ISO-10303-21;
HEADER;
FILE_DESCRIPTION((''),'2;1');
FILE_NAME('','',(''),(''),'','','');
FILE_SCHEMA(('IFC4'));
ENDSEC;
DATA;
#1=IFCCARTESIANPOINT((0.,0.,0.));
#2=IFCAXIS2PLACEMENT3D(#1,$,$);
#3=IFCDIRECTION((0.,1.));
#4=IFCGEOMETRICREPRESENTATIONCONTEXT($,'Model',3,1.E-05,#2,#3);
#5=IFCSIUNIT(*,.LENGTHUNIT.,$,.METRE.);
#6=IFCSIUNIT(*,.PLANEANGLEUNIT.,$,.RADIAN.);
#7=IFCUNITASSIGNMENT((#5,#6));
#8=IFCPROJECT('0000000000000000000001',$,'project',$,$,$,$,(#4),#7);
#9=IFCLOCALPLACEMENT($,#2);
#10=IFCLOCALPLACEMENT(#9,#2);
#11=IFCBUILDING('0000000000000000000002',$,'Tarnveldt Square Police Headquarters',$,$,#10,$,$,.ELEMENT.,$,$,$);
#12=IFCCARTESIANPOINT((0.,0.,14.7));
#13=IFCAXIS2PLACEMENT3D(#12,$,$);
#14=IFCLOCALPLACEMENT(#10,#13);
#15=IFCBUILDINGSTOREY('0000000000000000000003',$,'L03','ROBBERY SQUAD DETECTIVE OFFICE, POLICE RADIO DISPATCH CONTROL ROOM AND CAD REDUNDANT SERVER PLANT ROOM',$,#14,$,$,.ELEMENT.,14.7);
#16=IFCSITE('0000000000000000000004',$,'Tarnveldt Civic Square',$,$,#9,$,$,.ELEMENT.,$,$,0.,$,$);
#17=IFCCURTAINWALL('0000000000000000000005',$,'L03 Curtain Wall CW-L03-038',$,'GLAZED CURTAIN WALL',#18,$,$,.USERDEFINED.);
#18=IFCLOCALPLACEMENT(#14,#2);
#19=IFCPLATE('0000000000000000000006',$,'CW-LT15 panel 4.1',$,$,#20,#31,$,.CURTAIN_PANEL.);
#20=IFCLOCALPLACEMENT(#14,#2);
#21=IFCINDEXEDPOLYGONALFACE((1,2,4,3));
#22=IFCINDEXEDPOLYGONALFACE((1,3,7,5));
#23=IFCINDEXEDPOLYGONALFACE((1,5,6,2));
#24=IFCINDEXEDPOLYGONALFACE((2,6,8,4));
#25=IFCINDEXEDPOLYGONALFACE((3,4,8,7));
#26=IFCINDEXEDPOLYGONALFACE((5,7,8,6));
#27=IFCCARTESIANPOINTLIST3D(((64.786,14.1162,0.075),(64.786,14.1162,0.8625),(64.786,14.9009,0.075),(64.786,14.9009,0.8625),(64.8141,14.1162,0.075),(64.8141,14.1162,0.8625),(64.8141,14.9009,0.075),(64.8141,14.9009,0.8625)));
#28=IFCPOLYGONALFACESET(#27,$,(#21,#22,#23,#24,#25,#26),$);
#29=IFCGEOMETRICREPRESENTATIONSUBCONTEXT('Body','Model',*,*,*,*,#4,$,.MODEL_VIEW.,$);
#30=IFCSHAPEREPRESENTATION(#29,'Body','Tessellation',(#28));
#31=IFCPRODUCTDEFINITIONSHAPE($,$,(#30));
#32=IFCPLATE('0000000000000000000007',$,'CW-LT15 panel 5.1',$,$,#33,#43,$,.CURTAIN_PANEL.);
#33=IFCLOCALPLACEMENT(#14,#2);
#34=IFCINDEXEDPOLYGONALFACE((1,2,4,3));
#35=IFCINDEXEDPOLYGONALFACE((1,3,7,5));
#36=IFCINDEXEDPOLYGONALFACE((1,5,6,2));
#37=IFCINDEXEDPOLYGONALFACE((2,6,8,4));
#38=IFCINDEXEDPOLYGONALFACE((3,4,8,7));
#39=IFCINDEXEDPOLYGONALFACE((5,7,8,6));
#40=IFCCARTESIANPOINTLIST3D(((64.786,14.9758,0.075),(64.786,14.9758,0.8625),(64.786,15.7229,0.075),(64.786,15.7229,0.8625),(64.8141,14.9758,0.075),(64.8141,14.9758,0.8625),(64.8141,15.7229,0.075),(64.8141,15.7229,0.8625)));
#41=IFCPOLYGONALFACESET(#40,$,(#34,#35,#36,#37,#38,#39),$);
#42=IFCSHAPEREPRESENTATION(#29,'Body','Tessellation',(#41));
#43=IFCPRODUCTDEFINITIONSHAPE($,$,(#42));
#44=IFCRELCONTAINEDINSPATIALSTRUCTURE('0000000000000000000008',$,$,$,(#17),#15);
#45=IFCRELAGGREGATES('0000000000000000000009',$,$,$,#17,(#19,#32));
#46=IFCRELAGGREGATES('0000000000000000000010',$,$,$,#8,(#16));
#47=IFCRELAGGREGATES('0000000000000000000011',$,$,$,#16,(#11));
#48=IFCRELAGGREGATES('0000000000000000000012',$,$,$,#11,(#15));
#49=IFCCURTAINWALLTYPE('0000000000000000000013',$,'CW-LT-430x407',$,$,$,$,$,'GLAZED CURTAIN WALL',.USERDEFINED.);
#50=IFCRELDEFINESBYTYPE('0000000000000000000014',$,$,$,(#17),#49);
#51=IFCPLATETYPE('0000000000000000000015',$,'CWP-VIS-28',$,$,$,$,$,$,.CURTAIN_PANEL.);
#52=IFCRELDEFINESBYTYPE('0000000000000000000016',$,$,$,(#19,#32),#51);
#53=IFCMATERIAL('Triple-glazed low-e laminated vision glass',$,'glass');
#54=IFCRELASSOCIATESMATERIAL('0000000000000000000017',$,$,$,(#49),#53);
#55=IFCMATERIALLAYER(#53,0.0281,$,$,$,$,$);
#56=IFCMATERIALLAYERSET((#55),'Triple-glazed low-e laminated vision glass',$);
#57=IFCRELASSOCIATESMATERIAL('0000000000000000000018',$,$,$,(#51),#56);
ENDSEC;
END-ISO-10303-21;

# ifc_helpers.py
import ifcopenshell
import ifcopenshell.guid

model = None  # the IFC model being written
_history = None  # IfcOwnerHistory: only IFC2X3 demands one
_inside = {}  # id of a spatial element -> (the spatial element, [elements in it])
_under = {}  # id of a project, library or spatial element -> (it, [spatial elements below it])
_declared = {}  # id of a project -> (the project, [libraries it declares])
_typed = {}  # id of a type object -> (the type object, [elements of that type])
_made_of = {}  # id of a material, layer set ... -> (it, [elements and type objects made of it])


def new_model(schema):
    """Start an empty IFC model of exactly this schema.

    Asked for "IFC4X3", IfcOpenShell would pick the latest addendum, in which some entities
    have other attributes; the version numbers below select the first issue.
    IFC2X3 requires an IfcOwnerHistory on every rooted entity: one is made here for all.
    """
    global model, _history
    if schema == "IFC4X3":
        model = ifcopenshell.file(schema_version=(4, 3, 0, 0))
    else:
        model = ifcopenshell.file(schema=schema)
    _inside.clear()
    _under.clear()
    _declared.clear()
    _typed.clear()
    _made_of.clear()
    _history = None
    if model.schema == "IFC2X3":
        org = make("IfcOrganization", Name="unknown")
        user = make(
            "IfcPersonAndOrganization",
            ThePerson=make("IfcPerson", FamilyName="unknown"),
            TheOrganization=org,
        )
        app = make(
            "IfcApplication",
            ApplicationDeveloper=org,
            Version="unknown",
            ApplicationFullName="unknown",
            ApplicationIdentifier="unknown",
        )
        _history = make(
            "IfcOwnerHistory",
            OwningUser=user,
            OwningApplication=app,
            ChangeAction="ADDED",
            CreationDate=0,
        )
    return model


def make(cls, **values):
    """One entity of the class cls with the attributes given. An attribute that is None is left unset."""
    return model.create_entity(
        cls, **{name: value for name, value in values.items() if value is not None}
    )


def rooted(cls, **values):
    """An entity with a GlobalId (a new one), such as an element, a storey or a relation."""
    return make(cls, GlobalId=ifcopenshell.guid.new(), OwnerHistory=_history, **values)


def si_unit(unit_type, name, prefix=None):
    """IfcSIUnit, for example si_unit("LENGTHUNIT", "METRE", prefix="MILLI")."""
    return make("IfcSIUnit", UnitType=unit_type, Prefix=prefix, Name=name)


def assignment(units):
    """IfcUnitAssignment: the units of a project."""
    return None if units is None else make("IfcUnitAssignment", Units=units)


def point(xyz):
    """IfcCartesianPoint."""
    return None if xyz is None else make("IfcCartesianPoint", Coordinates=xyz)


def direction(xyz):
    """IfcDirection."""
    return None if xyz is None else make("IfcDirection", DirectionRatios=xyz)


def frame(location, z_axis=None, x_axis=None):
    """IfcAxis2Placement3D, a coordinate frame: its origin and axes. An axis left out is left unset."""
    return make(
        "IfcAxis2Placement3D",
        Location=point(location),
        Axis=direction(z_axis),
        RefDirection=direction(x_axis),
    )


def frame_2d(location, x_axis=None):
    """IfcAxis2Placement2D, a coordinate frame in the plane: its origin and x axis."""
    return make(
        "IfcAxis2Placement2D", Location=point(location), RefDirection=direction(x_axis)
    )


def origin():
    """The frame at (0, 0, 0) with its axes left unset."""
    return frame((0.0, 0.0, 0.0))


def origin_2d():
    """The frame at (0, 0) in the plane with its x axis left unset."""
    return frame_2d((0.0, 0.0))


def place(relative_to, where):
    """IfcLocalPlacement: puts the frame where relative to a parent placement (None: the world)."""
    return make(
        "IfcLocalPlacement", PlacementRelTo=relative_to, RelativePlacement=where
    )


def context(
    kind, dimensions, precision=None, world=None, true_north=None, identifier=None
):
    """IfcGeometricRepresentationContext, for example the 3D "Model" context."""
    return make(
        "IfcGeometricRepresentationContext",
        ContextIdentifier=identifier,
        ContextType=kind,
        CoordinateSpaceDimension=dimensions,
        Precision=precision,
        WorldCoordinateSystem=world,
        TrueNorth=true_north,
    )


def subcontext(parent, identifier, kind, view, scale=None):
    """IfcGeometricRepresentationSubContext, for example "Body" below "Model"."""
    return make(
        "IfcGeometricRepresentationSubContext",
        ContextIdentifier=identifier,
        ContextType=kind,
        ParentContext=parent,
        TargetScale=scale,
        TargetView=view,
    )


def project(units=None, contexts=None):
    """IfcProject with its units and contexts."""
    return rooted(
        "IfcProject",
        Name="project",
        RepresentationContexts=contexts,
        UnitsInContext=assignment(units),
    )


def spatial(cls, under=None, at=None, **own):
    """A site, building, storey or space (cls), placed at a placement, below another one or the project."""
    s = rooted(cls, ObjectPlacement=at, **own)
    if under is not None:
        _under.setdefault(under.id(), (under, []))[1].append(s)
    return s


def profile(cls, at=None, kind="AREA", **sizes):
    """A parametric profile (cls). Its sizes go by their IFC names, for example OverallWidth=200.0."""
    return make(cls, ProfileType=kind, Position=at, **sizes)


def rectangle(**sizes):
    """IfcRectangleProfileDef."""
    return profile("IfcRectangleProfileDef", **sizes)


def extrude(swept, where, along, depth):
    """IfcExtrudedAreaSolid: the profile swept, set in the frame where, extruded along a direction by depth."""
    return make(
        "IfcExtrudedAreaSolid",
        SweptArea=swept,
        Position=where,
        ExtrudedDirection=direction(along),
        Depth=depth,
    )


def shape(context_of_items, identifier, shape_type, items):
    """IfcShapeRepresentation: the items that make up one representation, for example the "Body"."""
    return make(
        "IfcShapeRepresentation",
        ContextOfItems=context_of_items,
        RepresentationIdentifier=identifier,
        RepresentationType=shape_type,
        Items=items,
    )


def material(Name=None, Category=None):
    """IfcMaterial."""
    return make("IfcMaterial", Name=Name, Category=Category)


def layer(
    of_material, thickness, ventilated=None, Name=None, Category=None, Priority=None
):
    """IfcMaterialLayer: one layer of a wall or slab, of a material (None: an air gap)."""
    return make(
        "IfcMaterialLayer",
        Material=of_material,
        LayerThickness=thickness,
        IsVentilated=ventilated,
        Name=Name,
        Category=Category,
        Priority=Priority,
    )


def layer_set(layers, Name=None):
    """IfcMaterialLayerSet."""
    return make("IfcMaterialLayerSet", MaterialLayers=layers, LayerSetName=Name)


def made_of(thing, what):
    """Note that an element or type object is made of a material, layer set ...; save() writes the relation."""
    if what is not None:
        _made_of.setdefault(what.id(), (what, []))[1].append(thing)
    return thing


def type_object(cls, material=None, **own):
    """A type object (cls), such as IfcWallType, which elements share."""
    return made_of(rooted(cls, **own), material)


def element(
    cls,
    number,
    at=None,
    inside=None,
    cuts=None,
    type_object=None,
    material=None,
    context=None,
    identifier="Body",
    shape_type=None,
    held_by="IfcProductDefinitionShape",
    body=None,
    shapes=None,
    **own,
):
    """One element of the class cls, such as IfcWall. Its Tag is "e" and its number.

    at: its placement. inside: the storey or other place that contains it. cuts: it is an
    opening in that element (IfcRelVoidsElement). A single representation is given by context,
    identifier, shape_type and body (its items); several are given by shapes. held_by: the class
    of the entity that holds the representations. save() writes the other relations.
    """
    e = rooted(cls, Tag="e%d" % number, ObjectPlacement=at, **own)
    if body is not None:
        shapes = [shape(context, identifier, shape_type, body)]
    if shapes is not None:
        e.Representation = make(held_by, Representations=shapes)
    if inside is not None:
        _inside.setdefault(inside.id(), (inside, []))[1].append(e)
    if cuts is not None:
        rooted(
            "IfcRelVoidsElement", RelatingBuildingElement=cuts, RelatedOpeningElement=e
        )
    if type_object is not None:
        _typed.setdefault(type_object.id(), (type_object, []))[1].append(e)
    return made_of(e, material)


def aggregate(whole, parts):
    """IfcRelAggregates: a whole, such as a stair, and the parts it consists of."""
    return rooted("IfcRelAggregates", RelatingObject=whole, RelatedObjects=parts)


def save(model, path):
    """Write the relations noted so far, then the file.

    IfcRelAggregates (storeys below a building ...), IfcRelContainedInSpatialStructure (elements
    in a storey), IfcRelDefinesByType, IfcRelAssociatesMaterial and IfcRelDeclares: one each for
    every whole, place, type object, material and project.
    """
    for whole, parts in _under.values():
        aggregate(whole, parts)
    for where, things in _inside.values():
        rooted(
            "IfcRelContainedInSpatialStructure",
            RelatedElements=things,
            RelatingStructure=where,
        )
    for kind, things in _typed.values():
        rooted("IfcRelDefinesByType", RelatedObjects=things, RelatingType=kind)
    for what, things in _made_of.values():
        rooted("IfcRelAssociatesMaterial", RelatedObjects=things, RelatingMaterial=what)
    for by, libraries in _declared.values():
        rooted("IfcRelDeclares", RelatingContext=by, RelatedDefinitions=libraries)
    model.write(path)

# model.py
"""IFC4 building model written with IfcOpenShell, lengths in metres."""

from ifc_helpers import new_model, si_unit, direction, frame, origin, origin_2d, place, context, subcontext, project, spatial, rectangle, extrude, material, layer, layer_set, type_object, element, aggregate, save


model = new_model("IFC4")

# Units and contexts
model_context = context("Model", 3, precision=1e-05, world=origin(), true_north=direction((0.0, 1.0)))
body_context = subcontext(model_context, "Body", "Model", "MODEL_VIEW")
ifc_project = project(units=[si_unit("LENGTHUNIT", "METRE"), si_unit("PLANEANGLEUNIT", "RADIAN")], contexts=[model_context])

# Site, building, storey
site_placement = place(None, origin())
site = spatial("IfcSite", under=ifc_project, at=site_placement, Name="Tarnveldt Civic Square", CompositionType="ELEMENT", RefElevation=0.0)
building_placement = place(site_placement, origin())
building = spatial("IfcBuilding", under=site, at=building_placement, Name="Tarnveldt Square Police Headquarters", CompositionType="ELEMENT")
storey_placement = place(building_placement, frame((0.0, 0.0, 14.7)))
storey = spatial("IfcBuildingStorey", under=building, at=storey_placement, Name="L03", Description="ROBBERY SQUAD DETECTIVE OFFICE, POLICE RADIO DISPATCH CONTROL ROOM AND CAD REDUNDANT SERVER PLANT ROOM", CompositionType="ELEMENT", Elevation=14.7)

# Curtain wall
ifc_material_1 = material(Name="Triple-glazed low-e laminated vision glass", Category="glass")
curtain_wall_type_1 = type_object("IfcCurtainWallType", Name="CW-LT-430x407", ElementType="GLAZED CURTAIN WALL", PredefinedType="USERDEFINED", material=ifc_material_1)
curtain_wall_1_placement = place(storey_placement, origin())
curtain_wall_1 = element("IfcCurtainWall", 1, at=curtain_wall_1_placement, inside=storey, type_object=curtain_wall_type_1, Name="L03 Curtain Wall CW-L03-038", ObjectType="GLAZED CURTAIN WALL", PredefinedType="USERDEFINED")

# Plates
ifc_layer = layer(ifc_material_1, 0.0281)
ifc_layer_set = layer_set([ifc_layer], Name="Triple-glazed low-e laminated vision glass")
plate_type = type_object("IfcPlateType", Name="CWP-VIS-28", PredefinedType="CURTAIN_PANEL", material=ifc_layer_set)
plate_1_placement = place(storey_placement, frame((64.8, 14.5085, 0.075), z_axis=(0.0, 0.0, 1.0), x_axis=(0.0, 1.0, 0.0)))
plate_1 = element("IfcPlate", 2, at=plate_1_placement, type_object=plate_type, Name="CW-LT15 panel 4.1", PredefinedType="CURTAIN_PANEL", context=body_context, shape_type="SweptSolid", body=[
    extrude(rectangle(XDim=0.7847, YDim=0.0281, at=origin_2d()), origin(), (0.0, 0.0, 1.0), 0.7876),
])
plate_2_placement = place(storey_placement, frame((64.8, 15.3494, 0.075), z_axis=(0.0, 0.0, 1.0), x_axis=(0.0, 1.0, 0.0)))
plate_2 = element("IfcPlate", 3, at=plate_2_placement, type_object=plate_type, Name="CW-LT15 panel 5.1", PredefinedType="CURTAIN_PANEL", context=body_context, shape_type="SweptSolid", body=[
    extrude(rectangle(XDim=0.7471, YDim=0.0281, at=origin_2d()), origin(), (0.0, 0.0, 1.0), 0.7876),
])
aggregate(curtain_wall_1, [plate_1, plate_2])

save(model, "model.ifc")
